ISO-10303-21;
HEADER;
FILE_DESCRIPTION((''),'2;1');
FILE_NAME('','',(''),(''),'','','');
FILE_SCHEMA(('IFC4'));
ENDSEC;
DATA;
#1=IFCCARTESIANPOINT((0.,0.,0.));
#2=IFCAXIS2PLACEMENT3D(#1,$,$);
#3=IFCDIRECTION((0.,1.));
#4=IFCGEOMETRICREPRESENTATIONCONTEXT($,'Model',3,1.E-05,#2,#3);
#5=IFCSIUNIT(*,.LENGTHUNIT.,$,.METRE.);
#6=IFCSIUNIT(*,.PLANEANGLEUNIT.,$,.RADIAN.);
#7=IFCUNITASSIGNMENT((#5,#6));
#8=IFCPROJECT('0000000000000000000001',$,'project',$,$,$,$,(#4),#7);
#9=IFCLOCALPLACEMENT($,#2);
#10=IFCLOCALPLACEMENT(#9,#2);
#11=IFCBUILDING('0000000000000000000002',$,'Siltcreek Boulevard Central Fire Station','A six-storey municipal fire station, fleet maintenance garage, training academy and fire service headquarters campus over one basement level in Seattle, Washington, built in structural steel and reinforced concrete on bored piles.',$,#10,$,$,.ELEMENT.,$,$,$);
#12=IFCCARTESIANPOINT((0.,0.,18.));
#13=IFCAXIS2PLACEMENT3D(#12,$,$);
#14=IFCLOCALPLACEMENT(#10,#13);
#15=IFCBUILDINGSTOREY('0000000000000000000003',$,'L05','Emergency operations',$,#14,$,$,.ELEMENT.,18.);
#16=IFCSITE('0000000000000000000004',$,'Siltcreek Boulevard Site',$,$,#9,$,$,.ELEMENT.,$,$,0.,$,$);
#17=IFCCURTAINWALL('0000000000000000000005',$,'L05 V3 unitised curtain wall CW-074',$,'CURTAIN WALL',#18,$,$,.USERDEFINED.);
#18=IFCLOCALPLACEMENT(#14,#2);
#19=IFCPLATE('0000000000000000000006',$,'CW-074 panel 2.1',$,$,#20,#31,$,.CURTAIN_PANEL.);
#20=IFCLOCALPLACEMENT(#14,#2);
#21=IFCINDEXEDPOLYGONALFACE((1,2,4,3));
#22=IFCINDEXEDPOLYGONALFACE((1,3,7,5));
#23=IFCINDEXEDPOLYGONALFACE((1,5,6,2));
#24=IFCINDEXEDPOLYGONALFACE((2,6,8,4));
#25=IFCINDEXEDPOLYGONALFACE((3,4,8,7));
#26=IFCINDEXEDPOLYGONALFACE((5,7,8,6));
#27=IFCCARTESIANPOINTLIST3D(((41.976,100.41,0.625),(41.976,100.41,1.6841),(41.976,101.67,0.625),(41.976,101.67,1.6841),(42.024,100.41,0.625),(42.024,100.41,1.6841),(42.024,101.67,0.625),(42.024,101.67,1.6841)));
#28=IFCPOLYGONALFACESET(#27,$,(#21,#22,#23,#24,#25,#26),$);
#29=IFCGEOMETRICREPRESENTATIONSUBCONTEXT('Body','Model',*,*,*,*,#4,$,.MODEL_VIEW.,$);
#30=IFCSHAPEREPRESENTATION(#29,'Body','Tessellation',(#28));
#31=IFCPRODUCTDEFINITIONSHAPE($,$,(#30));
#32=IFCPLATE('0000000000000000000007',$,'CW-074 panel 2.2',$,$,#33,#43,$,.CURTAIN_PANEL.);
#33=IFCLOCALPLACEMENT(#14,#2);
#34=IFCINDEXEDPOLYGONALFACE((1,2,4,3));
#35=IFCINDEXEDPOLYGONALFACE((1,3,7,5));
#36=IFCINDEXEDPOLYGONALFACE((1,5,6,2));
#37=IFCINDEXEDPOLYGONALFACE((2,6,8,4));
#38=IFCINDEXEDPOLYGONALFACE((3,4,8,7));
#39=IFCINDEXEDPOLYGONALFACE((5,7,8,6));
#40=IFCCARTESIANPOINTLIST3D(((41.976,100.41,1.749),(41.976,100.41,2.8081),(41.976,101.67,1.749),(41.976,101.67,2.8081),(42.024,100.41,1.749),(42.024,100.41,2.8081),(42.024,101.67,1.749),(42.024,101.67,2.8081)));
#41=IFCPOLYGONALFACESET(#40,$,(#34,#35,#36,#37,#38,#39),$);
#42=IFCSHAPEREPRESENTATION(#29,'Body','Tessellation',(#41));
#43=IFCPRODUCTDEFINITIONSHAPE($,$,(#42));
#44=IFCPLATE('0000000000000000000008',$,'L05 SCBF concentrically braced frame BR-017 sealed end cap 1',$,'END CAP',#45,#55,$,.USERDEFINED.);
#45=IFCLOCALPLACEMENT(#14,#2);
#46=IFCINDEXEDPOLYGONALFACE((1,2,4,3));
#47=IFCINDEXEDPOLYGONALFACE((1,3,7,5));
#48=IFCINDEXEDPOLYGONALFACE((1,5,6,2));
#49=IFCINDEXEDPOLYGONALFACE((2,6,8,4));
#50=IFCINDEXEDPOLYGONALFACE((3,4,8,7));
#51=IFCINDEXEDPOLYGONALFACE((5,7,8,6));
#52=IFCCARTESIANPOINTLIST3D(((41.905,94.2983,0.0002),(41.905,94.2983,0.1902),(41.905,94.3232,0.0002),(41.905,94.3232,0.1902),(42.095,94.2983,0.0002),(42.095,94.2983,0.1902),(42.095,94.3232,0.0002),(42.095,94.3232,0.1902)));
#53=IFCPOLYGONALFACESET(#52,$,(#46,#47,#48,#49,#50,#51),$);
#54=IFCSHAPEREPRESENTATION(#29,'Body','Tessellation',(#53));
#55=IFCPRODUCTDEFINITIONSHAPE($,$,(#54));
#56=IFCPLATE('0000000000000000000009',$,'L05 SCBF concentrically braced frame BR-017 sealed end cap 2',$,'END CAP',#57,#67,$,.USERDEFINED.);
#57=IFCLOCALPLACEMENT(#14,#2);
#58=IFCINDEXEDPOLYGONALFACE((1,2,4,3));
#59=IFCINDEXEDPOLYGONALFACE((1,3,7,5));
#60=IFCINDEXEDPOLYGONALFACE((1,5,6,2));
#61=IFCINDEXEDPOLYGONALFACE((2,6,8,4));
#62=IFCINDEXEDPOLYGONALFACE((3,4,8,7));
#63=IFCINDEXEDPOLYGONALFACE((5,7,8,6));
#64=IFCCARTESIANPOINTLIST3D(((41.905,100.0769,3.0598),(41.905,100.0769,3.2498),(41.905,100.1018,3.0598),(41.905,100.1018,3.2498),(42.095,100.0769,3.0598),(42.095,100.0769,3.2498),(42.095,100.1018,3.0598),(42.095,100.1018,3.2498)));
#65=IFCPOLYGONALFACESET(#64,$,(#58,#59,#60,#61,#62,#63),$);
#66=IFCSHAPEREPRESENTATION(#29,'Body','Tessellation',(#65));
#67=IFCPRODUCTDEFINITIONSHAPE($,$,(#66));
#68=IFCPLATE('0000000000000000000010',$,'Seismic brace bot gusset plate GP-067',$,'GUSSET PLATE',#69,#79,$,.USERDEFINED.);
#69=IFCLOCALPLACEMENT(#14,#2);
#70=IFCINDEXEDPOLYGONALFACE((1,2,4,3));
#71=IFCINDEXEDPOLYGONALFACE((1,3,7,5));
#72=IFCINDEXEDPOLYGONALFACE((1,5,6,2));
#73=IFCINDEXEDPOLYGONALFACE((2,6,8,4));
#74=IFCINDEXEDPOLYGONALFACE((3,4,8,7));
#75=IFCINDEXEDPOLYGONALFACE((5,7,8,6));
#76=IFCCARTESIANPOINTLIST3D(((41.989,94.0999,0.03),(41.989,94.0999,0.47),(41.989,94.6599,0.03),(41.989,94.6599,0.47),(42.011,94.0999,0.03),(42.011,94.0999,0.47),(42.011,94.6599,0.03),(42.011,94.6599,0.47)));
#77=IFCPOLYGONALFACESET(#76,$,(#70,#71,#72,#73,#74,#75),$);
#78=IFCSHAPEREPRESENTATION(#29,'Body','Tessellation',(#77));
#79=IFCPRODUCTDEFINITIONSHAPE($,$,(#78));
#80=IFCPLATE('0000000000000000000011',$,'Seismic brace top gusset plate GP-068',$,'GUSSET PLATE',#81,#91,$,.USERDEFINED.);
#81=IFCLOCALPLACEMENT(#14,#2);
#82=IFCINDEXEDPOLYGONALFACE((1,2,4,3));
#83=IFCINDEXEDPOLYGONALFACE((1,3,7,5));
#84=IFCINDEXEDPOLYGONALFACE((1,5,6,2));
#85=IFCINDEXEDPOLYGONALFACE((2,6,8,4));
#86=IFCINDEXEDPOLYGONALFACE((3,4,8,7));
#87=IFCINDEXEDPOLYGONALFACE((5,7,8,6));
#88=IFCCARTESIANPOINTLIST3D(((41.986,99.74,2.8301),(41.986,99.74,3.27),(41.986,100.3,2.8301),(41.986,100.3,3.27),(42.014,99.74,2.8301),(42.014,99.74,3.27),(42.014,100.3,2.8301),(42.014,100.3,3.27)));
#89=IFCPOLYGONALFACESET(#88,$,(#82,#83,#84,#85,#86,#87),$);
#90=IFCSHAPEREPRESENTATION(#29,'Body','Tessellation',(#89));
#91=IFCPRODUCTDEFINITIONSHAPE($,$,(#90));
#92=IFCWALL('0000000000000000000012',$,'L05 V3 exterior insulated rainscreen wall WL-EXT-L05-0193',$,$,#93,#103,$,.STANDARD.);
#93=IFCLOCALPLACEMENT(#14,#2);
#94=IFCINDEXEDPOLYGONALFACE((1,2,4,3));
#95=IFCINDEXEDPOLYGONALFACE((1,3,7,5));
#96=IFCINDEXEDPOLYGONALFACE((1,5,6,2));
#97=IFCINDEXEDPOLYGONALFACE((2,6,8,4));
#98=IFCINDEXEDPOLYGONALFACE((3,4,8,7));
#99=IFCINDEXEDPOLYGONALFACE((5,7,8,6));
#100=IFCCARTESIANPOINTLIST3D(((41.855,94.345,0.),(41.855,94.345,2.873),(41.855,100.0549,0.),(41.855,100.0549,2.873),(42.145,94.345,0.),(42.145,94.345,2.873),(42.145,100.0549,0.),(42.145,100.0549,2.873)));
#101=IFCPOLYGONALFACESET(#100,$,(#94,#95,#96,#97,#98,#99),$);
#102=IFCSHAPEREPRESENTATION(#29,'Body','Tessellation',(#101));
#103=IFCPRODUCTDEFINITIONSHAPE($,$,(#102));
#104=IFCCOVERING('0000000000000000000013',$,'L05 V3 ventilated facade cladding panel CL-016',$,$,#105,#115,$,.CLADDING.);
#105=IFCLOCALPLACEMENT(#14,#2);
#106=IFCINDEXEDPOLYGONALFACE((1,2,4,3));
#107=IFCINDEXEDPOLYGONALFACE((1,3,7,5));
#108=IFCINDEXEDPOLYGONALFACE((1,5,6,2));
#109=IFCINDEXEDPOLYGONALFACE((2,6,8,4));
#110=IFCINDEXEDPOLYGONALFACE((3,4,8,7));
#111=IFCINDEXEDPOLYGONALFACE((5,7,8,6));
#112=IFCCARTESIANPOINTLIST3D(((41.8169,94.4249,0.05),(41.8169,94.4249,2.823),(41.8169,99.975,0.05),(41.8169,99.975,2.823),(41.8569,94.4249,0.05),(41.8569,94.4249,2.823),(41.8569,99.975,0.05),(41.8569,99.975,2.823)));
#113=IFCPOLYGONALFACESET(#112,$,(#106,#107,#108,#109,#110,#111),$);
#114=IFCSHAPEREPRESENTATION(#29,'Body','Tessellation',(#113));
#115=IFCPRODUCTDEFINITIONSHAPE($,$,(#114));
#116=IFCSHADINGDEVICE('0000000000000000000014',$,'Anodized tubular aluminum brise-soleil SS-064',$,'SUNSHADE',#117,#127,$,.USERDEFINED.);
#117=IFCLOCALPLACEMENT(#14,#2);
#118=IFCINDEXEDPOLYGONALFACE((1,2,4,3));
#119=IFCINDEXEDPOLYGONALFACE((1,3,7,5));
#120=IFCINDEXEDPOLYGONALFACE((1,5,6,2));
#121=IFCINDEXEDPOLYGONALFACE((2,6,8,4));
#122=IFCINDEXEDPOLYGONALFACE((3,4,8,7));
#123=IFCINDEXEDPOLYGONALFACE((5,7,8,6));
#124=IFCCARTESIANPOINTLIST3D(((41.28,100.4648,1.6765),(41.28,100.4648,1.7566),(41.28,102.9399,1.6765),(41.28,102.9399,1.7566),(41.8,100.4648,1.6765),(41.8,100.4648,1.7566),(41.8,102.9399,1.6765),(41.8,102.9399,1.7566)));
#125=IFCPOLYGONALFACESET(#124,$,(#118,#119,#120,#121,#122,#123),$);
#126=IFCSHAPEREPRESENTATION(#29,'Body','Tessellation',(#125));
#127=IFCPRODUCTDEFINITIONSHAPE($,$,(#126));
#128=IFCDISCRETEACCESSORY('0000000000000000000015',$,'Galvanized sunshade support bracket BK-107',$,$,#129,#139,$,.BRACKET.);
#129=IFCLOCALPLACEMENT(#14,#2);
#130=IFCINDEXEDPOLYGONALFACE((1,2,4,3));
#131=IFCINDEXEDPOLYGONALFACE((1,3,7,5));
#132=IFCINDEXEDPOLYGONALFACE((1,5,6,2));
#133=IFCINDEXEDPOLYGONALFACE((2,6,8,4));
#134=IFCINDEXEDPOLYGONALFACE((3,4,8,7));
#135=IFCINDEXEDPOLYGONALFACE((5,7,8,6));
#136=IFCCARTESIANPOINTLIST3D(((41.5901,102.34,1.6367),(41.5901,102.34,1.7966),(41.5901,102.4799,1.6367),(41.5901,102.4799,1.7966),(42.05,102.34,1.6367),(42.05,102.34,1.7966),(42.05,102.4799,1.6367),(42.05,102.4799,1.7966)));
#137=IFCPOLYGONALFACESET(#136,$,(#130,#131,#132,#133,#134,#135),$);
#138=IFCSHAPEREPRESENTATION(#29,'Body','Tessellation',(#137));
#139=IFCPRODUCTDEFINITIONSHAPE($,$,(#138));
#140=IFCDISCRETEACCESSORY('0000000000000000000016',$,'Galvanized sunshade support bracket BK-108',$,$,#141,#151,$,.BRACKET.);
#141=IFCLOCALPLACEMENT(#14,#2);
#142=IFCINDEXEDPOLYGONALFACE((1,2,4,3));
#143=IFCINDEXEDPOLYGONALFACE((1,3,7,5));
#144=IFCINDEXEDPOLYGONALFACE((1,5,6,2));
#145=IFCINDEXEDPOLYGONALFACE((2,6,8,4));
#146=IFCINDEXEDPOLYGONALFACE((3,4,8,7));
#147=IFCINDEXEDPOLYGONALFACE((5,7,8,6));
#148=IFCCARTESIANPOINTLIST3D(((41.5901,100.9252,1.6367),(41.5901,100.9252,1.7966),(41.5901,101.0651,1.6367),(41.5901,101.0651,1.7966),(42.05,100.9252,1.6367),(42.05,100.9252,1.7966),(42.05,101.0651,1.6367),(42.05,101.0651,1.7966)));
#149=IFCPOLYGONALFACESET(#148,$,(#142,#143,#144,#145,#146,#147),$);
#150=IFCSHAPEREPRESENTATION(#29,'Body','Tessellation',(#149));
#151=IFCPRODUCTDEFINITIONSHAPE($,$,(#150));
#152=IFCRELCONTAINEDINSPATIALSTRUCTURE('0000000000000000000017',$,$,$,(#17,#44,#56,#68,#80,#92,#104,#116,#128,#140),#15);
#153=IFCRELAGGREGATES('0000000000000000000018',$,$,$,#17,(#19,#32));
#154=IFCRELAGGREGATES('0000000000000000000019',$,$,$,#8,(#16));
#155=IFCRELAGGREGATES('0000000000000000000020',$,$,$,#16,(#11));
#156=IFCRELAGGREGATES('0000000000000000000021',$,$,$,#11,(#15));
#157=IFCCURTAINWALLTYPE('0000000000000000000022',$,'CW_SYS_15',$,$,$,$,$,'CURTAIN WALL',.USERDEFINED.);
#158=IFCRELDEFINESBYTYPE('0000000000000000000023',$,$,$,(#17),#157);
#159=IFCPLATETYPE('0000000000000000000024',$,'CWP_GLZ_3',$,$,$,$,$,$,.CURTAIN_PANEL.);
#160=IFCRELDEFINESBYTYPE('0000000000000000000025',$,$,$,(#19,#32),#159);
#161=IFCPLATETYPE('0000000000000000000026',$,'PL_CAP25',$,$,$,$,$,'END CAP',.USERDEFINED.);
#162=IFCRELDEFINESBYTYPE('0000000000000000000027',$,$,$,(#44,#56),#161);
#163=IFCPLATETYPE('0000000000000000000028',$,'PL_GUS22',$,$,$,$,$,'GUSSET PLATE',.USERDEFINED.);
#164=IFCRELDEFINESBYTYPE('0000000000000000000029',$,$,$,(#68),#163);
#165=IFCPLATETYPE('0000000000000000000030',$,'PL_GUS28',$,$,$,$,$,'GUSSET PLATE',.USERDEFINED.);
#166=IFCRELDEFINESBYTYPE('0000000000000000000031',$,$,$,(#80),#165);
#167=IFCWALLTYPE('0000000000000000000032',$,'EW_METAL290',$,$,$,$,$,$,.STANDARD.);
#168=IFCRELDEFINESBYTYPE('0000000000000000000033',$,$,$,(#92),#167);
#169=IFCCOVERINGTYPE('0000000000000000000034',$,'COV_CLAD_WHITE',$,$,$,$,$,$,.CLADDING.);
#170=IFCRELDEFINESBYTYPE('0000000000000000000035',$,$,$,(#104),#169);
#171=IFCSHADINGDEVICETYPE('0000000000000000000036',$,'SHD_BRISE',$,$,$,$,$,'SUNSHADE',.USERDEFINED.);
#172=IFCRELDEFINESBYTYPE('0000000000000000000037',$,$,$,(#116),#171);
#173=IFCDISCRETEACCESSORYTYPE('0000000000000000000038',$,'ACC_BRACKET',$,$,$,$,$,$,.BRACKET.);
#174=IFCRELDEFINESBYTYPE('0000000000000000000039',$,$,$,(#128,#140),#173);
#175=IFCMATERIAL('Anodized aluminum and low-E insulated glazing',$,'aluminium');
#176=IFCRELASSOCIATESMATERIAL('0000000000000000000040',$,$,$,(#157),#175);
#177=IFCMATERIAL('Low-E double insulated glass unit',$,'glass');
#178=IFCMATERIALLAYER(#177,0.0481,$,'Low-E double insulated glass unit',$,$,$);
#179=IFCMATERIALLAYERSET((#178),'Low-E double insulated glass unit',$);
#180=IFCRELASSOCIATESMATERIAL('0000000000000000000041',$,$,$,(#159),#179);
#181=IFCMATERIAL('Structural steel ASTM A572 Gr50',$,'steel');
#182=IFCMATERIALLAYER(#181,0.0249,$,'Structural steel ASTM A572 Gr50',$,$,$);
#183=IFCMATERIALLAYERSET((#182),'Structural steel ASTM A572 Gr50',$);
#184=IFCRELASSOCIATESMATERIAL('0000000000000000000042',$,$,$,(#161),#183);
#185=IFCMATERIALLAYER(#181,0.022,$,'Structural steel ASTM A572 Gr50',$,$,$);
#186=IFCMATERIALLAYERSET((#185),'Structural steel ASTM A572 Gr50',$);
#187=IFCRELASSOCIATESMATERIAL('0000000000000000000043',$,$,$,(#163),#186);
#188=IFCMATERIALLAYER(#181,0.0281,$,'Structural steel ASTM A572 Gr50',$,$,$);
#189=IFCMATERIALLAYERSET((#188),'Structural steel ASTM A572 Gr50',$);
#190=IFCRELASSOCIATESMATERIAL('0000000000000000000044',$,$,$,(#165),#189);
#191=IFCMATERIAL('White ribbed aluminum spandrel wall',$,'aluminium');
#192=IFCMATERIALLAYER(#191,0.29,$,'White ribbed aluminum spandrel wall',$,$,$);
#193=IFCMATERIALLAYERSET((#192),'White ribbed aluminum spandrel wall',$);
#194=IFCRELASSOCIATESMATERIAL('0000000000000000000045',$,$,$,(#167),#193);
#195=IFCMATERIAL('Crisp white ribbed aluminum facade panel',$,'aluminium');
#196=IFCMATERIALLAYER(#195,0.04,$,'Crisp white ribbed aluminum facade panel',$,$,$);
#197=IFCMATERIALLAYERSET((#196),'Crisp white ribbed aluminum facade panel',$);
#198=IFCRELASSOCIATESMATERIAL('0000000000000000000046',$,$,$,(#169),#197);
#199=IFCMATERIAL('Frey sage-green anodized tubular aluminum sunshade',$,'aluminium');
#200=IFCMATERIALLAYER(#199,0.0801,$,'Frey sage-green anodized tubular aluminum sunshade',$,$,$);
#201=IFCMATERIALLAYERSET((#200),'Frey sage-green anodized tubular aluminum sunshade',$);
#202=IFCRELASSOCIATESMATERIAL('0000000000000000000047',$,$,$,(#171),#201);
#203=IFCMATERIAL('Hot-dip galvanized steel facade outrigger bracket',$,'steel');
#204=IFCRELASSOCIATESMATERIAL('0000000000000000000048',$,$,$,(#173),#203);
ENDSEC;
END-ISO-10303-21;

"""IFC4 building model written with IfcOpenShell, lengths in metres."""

from ifc_helpers import new_model, si_unit, direction, frame, frame_2d, origin, origin_2d, place, context, subcontext, project, spatial, rectangle, extrude, material, layer, layer_set, type_object, element, aggregate, save


model = new_model("IFC4")

# Units and contexts
model_context = context("Model", 3, precision=1e-05, world=origin(), true_north=direction((0.0, 1.0)))
body_context = subcontext(model_context, "Body", "Model", "MODEL_VIEW")
ifc_project = project(units=[si_unit("LENGTHUNIT", "METRE"), si_unit("PLANEANGLEUNIT", "RADIAN")], contexts=[model_context])

# Site, building, storey
site_placement = place(None, origin())
site = spatial("IfcSite", under=ifc_project, at=site_placement, Name="Siltcreek Boulevard Site", CompositionType="ELEMENT", RefElevation=0.0)
building_placement = place(site_placement, origin())
building = spatial("IfcBuilding", under=site, at=building_placement, Name="Siltcreek Boulevard Central Fire Station", Description="A six-storey municipal fire station, fleet maintenance garage, training academy and fire service headquarters campus over one basement level in Seattle, Washington, built in structural steel and reinforced concrete on bored piles.", CompositionType="ELEMENT")
storey_placement = place(building_placement, frame((0.0, 0.0, 18.0)))
storey = spatial("IfcBuildingStorey", under=building, at=storey_placement, Name="L05", Description="Emergency operations", CompositionType="ELEMENT", Elevation=18.0)

# Curtain wall, plates
ifc_material_1 = material(Name="Anodized aluminum and low-E insulated glazing", Category="aluminium")
curtain_wall_type = type_object("IfcCurtainWallType", Name="CW_SYS_15", ElementType="CURTAIN WALL", PredefinedType="USERDEFINED", material=ifc_material_1)
curtain_wall_placement = place(storey_placement, origin())
curtain_wall = element("IfcCurtainWall", 1, at=curtain_wall_placement, inside=storey, type_object=curtain_wall_type, Name="L05 V3 unitised curtain wall CW-074", ObjectType="CURTAIN WALL", PredefinedType="USERDEFINED")
ifc_material_2 = material(Name="Low-E double insulated glass unit", Category="glass")
ifc_layer_1 = layer(ifc_material_2, 0.0481, Name="Low-E double insulated glass unit")
ifc_layer_set_1 = layer_set([ifc_layer_1], Name="Low-E double insulated glass unit")
plate_type_1 = type_object("IfcPlateType", Name="CWP_GLZ_3", PredefinedType="CURTAIN_PANEL", material=ifc_layer_set_1)
plate_1_placement = place(storey_placement, frame((42.0, 101.04, 0.625), z_axis=(0.0, 0.0, 1.0), x_axis=(0.0, -1.0, 0.0)))
plate_1 = element("IfcPlate", 2, at=plate_1_placement, type_object=plate_type_1, Name="CW-074 panel 2.1", PredefinedType="CURTAIN_PANEL", context=body_context, shape_type="SweptSolid", body=[
    extrude(rectangle(XDim=1.26, YDim=0.0481, at=origin_2d()), origin(), (0.0, 0.0, 1.0), 1.0591),
])
plate_2_placement = place(storey_placement, frame((42.0, 101.04, 1.749), z_axis=(0.0, 0.0, 1.0), x_axis=(0.0, -1.0, 0.0)))
plate_2 = element("IfcPlate", 3, at=plate_2_placement, type_object=plate_type_1, Name="CW-074 panel 2.2", PredefinedType="CURTAIN_PANEL", context=body_context, shape_type="SweptSolid", body=[
    extrude(rectangle(XDim=1.26, YDim=0.0481, at=origin_2d()), origin(), (0.0, 0.0, 1.0), 1.0591),
])
aggregate(curtain_wall, [plate_1, plate_2])

# Plates
ifc_material_3 = material(Name="Structural steel ASTM A572 Gr50", Category="steel")
ifc_layer_2 = layer(ifc_material_3, 0.0249, Name="Structural steel ASTM A572 Gr50")
ifc_layer_set_2 = layer_set([ifc_layer_2], Name="Structural steel ASTM A572 Gr50")
plate_type_2 = type_object("IfcPlateType", Name="PL_CAP25", ElementType="END CAP", PredefinedType="USERDEFINED", material=ifc_layer_set_2)
for number, where, z_axis, x_axis, name in (
    (4, (42.0, 94.3108, 0.0002), (0.0, 0.0, 1.0), (0.0, 1.0, 0.0), "L05 SCBF concentrically braced frame BR-017 sealed end cap 1"),
    (5, (42.0, 100.0894, 3.0598), (0.0, 0.0, 1.0), (0.0, 1.0, 0.0), "L05 SCBF concentrically braced frame BR-017 sealed end cap 2"),
):
    element("IfcPlate", number, at=place(storey_placement, frame(where, z_axis=z_axis, x_axis=x_axis)), inside=storey, type_object=plate_type_2, Name=name, ObjectType="END CAP", PredefinedType="USERDEFINED", context=body_context, shape_type="SweptSolid", body=[
        extrude(rectangle(XDim=0.0249, YDim=0.1899, at=origin_2d()), origin(), (0.0, 0.0, 1.0), 0.1899),
    ])
ifc_layer_3 = layer(ifc_material_3, 0.022, Name="Structural steel ASTM A572 Gr50")
ifc_layer_set_3 = layer_set([ifc_layer_3], Name="Structural steel ASTM A572 Gr50")
plate_type_3 = type_object("IfcPlateType", Name="PL_GUS22", ElementType="GUSSET PLATE", PredefinedType="USERDEFINED", material=ifc_layer_set_3)
plate_3_placement = place(storey_placement, frame((42.0, 94.3799, 0.03), z_axis=(0.0, 0.0, 1.0), x_axis=(0.0, 1.0, 0.0)))
element("IfcPlate", 6, at=plate_3_placement, inside=storey, type_object=plate_type_3, Name="Seismic brace bot gusset plate GP-067", ObjectType="GUSSET PLATE", PredefinedType="USERDEFINED", context=body_context, shape_type="SweptSolid", body=[
    extrude(rectangle(XDim=0.5601, YDim=0.022, at=origin_2d()), origin(), (0.0, 0.0, 1.0), 0.4399),
])
ifc_layer_4 = layer(ifc_material_3, 0.0281, Name="Structural steel ASTM A572 Gr50")
ifc_layer_set_4 = layer_set([ifc_layer_4], Name="Structural steel ASTM A572 Gr50")
plate_type_4 = type_object("IfcPlateType", Name="PL_GUS28", ElementType="GUSSET PLATE", PredefinedType="USERDEFINED", material=ifc_layer_set_4)
plate_4_placement = place(storey_placement, frame((42.0, 100.02, 2.8301), z_axis=(0.0, 0.0, 1.0), x_axis=(0.0, 1.0, 0.0)))
element("IfcPlate", 7, at=plate_4_placement, inside=storey, type_object=plate_type_4, Name="Seismic brace top gusset plate GP-068", ObjectType="GUSSET PLATE", PredefinedType="USERDEFINED", context=body_context, shape_type="SweptSolid", body=[
    extrude(rectangle(XDim=0.5601, YDim=0.0281, at=origin_2d()), origin(), (0.0, 0.0, 1.0), 0.4399),
])

# Wall
ifc_material_4 = material(Name="White ribbed aluminum spandrel wall", Category="aluminium")
ifc_layer_5 = layer(ifc_material_4, 0.29, Name="White ribbed aluminum spandrel wall")
ifc_layer_set_5 = layer_set([ifc_layer_5], Name="White ribbed aluminum spandrel wall")
wall_type = type_object("IfcWallType", Name="EW_METAL290", PredefinedType="STANDARD", material=ifc_layer_set_5)
wall_placement = place(storey_placement, frame((42.0, 100.0549, 0.0), z_axis=(0.0, 0.0, 1.0), x_axis=(0.0, -1.0, 0.0)))
element("IfcWall", 8, at=wall_placement, inside=storey, type_object=wall_type, Name="L05 V3 exterior insulated rainscreen wall WL-EXT-L05-0193", PredefinedType="STANDARD", context=body_context, shape_type="SweptSolid", body=[
    extrude(rectangle(XDim=5.71, YDim=0.29, at=frame_2d((2.855, 0.0))), origin(), (0.0, 0.0, 1.0), 2.873),
])

# Covering
ifc_material_5 = material(Name="Crisp white ribbed aluminum facade panel", Category="aluminium")
ifc_layer_6 = layer(ifc_material_5, 0.04, Name="Crisp white ribbed aluminum facade panel")
ifc_layer_set_6 = layer_set([ifc_layer_6], Name="Crisp white ribbed aluminum facade panel")
covering_type = type_object("IfcCoveringType", Name="COV_CLAD_WHITE", PredefinedType="CLADDING", material=ifc_layer_set_6)
covering_placement = place(storey_placement, frame((41.8369, 97.2, 0.05), z_axis=(0.0, 0.0, 1.0), x_axis=(0.0, -1.0, 0.0)))
element("IfcCovering", 9, at=covering_placement, inside=storey, type_object=covering_type, Name="L05 V3 ventilated facade cladding panel CL-016", PredefinedType="CLADDING", context=body_context, shape_type="SweptSolid", body=[
    extrude(rectangle(XDim=5.55, YDim=0.04, at=origin_2d()), origin(), (0.0, 0.0, 1.0), 2.7729),
])

# Shading device
ifc_material_6 = material(Name="Frey sage-green anodized tubular aluminum sunshade", Category="aluminium")
ifc_layer_7 = layer(ifc_material_6, 0.0801, Name="Frey sage-green anodized tubular aluminum sunshade")
ifc_layer_set_7 = layer_set([ifc_layer_7], Name="Frey sage-green anodized tubular aluminum sunshade")
shading_device_type = type_object("IfcShadingDeviceType", Name="SHD_BRISE", ElementType="SUNSHADE", PredefinedType="USERDEFINED", material=ifc_layer_set_7)
shading_device_placement = place(storey_placement, frame((41.54, 101.7024, 1.6765), z_axis=(0.0, 0.0, 1.0), x_axis=(0.0, -1.0, 0.0)))
element("IfcShadingDevice", 10, at=shading_device_placement, inside=storey, type_object=shading_device_type, Name="Anodized tubular aluminum brise-soleil SS-064", ObjectType="SUNSHADE", PredefinedType="USERDEFINED", context=body_context, shape_type="SweptSolid", body=[
    extrude(rectangle(XDim=2.4751, YDim=0.52, at=origin_2d()), origin(), (0.0, 0.0, 1.0), 0.0801),
])

# Discrete accessories
ifc_material_7 = material(Name="Hot-dip galvanized steel facade outrigger bracket", Category="steel")
discrete_accessory_type = type_object("IfcDiscreteAccessoryType", Name="ACC_BRACKET", PredefinedType="BRACKET", material=ifc_material_7)
for number, where, z_axis, x_axis, name in (
    (11, (41.8201, 102.4099, 1.6367), (0.0, 0.0, 1.0), (0.0, -1.0, 0.0), "Galvanized sunshade support bracket BK-107"),
    (12, (41.8201, 100.9951, 1.6367), (0.0, 0.0, 1.0), (0.0, -1.0, 0.0), "Galvanized sunshade support bracket BK-108"),
):
    element("IfcDiscreteAccessory", number, at=place(storey_placement, frame(where, z_axis=z_axis, x_axis=x_axis)), inside=storey, type_object=discrete_accessory_type, Name=name, PredefinedType="BRACKET", context=body_context, shape_type="SweptSolid", body=[
        extrude(rectangle(XDim=0.1399, YDim=0.46, at=origin_2d()), origin(), (0.0, 0.0, 1.0), 0.1599),
    ])

save(model, "model.ifc")
